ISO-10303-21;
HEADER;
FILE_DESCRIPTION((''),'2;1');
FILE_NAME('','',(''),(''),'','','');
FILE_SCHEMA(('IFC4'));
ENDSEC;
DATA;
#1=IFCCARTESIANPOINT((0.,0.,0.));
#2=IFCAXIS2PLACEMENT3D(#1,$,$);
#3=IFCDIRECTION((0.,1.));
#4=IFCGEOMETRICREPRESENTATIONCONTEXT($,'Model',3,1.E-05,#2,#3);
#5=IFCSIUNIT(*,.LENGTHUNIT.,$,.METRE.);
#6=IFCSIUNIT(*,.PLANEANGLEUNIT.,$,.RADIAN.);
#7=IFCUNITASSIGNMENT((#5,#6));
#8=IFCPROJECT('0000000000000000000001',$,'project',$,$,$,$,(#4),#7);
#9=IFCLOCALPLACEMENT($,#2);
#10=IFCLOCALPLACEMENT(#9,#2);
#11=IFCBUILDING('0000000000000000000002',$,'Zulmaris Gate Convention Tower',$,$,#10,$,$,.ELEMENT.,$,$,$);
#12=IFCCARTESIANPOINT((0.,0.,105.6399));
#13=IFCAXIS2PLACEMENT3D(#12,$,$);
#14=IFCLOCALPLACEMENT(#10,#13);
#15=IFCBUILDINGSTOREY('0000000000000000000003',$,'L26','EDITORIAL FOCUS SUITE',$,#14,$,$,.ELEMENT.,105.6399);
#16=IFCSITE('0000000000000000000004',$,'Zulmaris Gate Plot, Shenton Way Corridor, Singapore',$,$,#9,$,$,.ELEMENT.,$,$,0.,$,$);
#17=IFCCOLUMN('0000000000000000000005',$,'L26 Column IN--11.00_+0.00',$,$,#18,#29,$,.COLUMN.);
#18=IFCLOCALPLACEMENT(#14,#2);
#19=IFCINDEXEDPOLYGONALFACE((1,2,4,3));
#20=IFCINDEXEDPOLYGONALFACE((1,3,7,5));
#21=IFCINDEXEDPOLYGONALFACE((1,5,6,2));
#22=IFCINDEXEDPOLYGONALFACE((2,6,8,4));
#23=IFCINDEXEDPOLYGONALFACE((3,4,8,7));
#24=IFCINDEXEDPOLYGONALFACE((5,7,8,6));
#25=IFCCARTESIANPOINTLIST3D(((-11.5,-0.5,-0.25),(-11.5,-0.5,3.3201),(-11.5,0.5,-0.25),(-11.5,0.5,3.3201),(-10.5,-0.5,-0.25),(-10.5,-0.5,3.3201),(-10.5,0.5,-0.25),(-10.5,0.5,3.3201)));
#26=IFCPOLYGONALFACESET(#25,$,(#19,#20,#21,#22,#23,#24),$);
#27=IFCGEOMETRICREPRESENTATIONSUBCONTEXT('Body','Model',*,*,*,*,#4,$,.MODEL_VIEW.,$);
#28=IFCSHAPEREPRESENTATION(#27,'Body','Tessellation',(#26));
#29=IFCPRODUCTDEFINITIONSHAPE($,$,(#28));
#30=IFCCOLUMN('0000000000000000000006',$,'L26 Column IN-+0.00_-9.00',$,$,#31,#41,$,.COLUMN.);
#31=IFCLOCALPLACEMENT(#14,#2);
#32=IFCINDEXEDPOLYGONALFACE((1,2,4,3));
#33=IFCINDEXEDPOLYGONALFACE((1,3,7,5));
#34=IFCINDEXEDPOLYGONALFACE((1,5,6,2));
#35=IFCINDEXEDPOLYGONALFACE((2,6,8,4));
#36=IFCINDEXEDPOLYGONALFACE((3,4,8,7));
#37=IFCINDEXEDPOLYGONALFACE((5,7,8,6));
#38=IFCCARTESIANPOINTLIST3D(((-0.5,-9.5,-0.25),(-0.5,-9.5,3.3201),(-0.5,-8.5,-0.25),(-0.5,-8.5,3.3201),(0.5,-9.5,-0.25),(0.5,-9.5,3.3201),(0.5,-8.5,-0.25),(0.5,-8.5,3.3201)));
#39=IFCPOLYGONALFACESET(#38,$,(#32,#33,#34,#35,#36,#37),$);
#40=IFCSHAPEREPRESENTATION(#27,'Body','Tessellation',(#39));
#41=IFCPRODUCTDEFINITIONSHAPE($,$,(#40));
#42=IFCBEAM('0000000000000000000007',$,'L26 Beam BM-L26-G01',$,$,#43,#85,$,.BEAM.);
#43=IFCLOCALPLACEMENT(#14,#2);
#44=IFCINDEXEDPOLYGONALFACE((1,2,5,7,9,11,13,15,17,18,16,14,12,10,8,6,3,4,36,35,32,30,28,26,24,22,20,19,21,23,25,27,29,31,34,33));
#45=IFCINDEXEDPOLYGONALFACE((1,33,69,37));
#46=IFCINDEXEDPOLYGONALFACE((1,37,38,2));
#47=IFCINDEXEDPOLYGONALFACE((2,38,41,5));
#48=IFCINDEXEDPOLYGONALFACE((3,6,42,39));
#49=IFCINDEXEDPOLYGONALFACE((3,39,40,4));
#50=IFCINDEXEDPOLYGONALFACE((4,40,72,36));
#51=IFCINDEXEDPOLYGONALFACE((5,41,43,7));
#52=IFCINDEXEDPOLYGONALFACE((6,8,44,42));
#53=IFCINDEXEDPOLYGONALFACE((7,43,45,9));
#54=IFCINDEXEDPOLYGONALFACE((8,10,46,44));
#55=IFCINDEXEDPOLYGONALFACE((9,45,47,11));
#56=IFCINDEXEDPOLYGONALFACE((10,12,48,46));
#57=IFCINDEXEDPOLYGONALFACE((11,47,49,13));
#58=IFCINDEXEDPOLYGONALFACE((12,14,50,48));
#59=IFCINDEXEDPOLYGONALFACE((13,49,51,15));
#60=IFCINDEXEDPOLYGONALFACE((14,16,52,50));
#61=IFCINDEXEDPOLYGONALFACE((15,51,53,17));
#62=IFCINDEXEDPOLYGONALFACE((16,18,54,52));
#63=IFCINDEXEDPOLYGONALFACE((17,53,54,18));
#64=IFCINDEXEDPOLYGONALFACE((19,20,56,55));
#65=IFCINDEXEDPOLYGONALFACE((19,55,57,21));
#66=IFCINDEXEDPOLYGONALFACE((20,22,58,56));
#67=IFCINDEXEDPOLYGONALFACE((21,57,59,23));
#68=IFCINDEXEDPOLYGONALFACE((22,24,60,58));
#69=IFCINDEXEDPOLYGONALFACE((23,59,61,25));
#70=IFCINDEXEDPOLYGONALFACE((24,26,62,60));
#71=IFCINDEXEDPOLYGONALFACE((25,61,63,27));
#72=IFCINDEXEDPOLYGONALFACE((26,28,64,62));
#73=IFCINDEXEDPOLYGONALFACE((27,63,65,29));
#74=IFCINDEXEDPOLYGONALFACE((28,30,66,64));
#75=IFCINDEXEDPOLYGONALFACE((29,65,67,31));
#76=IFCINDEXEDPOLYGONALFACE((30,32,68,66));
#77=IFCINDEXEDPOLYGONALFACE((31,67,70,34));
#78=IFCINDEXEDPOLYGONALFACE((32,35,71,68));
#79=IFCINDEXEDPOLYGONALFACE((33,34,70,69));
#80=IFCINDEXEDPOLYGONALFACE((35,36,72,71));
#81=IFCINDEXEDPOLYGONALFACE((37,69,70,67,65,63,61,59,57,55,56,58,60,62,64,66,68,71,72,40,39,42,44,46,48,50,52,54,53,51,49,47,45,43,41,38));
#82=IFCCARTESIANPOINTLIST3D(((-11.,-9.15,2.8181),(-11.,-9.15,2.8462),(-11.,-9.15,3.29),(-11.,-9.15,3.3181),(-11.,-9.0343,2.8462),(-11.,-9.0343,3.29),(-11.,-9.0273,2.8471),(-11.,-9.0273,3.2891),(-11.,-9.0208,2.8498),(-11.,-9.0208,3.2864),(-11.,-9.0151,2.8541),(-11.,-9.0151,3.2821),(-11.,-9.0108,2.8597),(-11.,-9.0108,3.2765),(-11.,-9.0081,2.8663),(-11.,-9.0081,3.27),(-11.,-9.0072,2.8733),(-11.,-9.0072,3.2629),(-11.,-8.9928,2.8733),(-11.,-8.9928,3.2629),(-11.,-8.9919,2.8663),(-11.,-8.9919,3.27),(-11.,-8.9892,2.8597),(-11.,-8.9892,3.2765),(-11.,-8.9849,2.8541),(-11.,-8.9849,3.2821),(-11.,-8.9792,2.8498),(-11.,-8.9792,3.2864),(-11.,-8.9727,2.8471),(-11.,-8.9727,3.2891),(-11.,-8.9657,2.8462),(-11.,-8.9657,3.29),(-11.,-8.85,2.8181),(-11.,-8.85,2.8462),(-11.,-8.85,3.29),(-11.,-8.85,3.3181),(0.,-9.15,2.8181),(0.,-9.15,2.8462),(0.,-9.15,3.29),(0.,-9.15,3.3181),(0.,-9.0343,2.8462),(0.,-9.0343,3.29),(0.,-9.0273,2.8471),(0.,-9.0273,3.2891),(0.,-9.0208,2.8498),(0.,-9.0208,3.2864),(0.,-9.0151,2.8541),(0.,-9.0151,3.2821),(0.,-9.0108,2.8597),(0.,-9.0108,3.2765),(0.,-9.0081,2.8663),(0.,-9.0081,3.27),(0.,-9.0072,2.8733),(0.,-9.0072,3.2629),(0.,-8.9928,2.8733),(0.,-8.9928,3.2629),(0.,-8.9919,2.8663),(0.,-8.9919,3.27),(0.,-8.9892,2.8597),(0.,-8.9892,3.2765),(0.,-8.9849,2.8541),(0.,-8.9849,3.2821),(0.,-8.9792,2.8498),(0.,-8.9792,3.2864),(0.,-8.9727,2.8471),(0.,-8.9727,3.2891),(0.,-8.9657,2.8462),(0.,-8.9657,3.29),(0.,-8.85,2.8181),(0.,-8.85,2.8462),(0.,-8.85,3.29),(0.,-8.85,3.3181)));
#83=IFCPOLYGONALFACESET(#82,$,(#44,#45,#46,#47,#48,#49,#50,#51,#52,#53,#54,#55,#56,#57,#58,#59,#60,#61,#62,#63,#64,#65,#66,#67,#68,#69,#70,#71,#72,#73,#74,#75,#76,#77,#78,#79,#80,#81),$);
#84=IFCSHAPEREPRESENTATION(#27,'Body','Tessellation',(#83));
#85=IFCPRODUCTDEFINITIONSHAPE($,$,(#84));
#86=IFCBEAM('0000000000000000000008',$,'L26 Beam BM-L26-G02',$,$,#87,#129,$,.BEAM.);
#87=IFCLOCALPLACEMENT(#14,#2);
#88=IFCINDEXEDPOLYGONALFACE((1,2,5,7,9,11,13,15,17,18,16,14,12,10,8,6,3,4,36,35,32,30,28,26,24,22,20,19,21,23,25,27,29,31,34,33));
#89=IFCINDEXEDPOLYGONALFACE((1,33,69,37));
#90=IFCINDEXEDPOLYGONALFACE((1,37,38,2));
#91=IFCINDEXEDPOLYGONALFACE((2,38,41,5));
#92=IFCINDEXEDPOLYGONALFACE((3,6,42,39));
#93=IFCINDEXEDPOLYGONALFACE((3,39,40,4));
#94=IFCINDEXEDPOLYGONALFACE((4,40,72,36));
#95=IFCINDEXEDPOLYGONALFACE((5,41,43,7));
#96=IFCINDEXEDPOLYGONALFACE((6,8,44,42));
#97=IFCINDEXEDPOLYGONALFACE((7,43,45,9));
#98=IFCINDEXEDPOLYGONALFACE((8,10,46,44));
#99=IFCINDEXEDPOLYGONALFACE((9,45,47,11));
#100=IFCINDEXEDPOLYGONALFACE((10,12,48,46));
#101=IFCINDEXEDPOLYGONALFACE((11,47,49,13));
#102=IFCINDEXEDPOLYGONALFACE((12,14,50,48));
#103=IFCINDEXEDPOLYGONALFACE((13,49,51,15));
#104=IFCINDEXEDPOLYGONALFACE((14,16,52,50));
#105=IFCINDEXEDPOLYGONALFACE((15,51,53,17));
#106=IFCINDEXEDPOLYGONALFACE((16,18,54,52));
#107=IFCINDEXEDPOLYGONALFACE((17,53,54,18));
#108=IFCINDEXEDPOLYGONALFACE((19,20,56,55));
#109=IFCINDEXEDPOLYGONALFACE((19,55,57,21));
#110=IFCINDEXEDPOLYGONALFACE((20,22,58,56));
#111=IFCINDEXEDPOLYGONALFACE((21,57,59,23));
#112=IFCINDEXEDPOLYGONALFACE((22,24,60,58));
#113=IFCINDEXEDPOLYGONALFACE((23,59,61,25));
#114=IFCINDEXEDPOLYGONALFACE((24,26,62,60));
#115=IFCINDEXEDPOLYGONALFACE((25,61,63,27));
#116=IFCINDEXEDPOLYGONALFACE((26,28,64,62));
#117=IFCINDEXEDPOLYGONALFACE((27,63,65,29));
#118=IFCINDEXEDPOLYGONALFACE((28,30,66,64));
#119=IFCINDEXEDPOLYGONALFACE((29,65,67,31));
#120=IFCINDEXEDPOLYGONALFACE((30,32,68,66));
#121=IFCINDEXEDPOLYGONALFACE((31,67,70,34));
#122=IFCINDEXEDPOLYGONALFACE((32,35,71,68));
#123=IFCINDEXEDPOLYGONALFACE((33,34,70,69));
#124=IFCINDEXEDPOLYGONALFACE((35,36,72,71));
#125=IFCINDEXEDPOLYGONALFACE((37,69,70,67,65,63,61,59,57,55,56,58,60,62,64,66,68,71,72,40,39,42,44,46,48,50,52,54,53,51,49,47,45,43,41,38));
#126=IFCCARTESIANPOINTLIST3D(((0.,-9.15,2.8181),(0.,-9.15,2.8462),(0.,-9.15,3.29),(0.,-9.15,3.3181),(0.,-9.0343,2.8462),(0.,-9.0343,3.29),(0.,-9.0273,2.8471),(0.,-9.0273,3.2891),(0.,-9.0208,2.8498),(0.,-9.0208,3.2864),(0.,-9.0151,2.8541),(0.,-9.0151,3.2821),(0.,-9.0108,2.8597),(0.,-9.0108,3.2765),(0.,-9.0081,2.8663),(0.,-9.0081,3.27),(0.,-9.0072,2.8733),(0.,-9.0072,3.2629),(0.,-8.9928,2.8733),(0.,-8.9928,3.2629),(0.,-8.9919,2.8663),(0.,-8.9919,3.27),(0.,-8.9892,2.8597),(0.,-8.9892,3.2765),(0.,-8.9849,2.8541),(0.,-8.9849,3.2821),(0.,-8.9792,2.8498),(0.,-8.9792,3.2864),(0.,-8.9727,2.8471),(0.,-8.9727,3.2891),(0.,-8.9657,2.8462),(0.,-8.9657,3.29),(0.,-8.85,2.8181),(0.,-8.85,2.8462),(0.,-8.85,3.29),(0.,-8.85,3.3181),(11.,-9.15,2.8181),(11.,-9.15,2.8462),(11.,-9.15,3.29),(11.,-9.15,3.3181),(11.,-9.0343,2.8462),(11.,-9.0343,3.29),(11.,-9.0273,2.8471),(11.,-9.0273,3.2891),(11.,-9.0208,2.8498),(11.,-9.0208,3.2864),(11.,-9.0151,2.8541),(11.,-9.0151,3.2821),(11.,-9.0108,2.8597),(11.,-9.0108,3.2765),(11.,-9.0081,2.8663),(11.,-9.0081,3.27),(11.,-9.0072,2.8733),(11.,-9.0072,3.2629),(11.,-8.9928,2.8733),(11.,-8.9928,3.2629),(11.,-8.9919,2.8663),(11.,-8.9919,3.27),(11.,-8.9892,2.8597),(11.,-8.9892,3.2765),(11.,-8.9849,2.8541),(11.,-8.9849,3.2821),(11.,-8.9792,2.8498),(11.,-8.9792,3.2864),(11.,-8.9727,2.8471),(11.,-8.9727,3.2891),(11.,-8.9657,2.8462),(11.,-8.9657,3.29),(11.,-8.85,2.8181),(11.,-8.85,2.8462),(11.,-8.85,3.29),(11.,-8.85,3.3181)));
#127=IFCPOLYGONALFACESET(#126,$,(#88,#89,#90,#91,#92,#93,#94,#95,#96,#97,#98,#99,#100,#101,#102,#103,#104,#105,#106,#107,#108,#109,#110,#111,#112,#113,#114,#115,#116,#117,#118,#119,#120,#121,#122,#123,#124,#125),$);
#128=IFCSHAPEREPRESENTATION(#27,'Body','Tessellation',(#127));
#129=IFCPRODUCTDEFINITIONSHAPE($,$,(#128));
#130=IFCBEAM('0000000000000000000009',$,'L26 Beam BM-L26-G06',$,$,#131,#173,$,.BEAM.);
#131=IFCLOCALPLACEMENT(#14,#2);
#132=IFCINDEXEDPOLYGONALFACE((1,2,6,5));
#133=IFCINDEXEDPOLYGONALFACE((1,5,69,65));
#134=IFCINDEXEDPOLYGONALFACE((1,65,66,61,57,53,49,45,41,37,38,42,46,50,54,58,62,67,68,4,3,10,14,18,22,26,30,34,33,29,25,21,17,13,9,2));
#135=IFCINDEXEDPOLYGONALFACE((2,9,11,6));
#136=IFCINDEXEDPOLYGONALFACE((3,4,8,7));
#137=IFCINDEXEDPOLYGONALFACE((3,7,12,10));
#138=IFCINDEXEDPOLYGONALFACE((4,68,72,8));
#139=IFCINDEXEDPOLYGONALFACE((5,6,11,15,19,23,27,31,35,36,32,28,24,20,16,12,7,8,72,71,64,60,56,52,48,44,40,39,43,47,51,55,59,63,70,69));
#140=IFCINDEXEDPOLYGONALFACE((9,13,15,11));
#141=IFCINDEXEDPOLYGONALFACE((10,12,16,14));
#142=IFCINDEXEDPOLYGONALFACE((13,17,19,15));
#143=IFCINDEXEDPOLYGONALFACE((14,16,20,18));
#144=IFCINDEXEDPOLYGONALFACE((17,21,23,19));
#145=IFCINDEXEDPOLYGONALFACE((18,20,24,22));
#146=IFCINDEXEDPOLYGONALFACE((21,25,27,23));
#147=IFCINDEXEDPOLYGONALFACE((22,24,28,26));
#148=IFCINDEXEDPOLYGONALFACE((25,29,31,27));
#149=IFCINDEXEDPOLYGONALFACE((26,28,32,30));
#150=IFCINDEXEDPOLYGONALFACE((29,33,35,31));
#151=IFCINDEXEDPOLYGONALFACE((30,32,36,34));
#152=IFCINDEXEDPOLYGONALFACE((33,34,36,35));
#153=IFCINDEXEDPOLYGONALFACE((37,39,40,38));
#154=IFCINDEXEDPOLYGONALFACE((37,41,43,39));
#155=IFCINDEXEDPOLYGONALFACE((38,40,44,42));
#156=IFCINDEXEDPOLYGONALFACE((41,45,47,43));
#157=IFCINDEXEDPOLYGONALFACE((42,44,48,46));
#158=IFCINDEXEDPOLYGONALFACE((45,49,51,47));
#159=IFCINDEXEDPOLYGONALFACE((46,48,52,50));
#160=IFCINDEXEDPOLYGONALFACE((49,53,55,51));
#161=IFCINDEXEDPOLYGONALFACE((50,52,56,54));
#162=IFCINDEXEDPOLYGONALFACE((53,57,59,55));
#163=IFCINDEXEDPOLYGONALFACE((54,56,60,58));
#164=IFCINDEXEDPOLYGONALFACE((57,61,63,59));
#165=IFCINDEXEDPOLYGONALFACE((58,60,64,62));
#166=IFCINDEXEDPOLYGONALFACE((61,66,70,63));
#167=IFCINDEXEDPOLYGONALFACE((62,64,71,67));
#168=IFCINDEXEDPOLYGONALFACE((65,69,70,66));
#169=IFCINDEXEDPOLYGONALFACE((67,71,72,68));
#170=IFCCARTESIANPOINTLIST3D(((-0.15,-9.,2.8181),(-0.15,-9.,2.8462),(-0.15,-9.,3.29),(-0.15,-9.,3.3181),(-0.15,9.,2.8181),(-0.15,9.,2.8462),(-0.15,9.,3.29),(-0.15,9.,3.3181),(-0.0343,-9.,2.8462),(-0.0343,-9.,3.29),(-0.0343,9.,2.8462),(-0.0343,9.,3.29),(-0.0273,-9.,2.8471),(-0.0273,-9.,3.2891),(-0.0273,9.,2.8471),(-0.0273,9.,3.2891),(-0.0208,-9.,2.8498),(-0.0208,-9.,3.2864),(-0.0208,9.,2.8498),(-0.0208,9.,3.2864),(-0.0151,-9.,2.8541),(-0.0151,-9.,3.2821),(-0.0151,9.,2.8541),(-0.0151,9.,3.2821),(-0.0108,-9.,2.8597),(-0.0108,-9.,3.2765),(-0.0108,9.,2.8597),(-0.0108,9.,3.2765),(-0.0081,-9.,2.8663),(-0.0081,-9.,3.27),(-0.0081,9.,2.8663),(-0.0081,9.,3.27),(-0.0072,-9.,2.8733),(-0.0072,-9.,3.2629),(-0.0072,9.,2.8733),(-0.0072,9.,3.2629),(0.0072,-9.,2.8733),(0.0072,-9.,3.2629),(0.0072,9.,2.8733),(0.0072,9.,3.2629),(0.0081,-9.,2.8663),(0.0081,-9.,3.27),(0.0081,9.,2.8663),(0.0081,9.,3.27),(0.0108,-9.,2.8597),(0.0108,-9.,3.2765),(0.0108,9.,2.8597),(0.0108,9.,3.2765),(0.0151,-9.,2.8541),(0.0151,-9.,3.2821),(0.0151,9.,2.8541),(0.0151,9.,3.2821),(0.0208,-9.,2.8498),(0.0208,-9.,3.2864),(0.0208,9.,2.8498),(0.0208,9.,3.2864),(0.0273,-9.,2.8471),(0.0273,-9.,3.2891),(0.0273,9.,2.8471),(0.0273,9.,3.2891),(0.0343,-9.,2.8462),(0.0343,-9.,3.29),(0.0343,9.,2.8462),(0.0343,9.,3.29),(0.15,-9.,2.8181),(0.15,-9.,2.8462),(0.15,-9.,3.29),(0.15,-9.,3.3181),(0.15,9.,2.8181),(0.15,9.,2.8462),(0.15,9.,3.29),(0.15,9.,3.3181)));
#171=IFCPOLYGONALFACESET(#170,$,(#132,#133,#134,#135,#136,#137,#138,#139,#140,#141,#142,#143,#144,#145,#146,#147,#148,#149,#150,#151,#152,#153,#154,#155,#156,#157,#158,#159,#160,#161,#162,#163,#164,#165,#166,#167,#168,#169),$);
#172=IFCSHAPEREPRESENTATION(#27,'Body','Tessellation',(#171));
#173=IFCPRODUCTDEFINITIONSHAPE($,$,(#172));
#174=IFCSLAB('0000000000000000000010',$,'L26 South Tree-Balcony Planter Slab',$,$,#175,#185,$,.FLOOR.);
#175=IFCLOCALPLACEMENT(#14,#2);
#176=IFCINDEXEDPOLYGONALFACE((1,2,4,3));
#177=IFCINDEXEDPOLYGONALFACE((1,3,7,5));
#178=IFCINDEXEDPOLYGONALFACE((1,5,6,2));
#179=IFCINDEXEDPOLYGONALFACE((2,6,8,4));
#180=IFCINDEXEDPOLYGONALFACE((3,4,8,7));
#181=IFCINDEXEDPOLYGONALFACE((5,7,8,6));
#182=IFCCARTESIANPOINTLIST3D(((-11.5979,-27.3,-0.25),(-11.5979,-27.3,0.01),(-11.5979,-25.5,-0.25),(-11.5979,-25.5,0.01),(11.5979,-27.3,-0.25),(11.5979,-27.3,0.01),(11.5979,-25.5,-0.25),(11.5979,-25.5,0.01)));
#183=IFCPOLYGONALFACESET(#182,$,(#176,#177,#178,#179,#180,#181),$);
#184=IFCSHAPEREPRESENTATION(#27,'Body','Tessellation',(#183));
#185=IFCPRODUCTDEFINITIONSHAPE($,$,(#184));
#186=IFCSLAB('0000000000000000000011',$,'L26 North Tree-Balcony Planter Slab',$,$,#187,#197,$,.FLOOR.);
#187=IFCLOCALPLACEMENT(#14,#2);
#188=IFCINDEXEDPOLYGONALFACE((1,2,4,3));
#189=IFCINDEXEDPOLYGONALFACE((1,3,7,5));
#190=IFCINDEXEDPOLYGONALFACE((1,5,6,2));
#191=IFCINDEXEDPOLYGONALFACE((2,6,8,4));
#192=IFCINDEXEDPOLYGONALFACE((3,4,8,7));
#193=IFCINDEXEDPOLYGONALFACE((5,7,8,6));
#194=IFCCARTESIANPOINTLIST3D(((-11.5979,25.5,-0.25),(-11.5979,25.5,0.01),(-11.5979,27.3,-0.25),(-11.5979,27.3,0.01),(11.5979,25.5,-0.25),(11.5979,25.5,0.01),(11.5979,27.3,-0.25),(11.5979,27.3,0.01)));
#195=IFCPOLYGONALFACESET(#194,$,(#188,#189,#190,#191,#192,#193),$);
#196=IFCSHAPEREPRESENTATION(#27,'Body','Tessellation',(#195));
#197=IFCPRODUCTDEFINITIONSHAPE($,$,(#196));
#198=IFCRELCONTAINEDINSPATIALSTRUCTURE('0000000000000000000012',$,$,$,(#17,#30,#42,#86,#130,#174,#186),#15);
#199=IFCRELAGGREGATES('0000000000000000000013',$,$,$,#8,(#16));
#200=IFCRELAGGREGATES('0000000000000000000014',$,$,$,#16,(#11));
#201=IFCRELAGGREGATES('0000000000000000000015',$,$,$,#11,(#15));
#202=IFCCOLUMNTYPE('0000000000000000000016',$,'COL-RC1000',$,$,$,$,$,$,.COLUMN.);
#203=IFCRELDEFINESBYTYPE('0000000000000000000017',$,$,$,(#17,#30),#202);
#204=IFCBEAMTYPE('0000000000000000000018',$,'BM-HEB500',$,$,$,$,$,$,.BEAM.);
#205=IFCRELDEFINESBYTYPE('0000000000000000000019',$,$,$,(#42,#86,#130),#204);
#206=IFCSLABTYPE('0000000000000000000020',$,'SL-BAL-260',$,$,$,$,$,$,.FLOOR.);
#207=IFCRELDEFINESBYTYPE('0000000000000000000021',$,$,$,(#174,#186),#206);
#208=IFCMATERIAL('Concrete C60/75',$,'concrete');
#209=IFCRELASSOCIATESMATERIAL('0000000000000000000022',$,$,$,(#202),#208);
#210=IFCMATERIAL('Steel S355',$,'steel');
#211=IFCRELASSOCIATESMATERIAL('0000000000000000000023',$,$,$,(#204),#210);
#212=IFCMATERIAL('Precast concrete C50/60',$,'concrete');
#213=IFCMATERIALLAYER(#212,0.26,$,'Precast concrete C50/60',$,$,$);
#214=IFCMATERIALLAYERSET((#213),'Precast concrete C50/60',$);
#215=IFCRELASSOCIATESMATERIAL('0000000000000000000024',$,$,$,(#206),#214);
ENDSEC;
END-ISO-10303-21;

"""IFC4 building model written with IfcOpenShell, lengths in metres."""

from ifc_helpers import new_model, si_unit, direction, frame, origin, origin_2d, place, context, subcontext, project, spatial, polyline, rectangle, i_section, outline, extrude, material, layer, layer_set, material_profile, profile_set, type_object, element, save


model = new_model("IFC4")

# Units and contexts
model_context = context("Model", 3, precision=1e-05, world=origin(), true_north=direction((0.0, 1.0)))
body_context = subcontext(model_context, "Body", "Model", "MODEL_VIEW")
ifc_project = project(units=[si_unit("LENGTHUNIT", "METRE"), si_unit("PLANEANGLEUNIT", "RADIAN")], contexts=[model_context])

# Site, building, storey
site_placement = place(None, origin())
site = spatial("IfcSite", under=ifc_project, at=site_placement, Name="Zulmaris Gate Plot, Shenton Way Corridor, Singapore", CompositionType="ELEMENT", RefElevation=0.0)
building_placement = place(site_placement, origin())
building = spatial("IfcBuilding", under=site, at=building_placement, Name="Zulmaris Gate Convention Tower", CompositionType="ELEMENT")
storey_placement = place(building_placement, frame((0.0, 0.0, 105.6399)))
storey = spatial("IfcBuildingStorey", under=building, at=storey_placement, Name="L26", Description="EDITORIAL FOCUS SUITE", CompositionType="ELEMENT", Elevation=105.6399)

# Columns
ifc_material_1 = material(Name="Concrete C60/75", Category="concrete")
ifc_material_profile_1 = material_profile(ifc_material_1, rectangle(XDim=1.0, YDim=1.0, at=origin_2d()), Name="RC COL 1000x1000")
ifc_profile_set_1 = profile_set([ifc_material_profile_1], Name="Concrete C60/75")
column_type = type_object("IfcColumnType", Name="COL-RC1000", PredefinedType="COLUMN", material=ifc_profile_set_1)
for number, where, z_axis, x_axis, name in (
    (1, (-11.0, 0.0, -0.25), (0.0, 0.0, 1.0), (1.0, 0.0, 0.0), "L26 Column IN--11.00_+0.00"),
    (2, (0.0, -9.0, -0.25), (0.0, 0.0, 1.0), (1.0, 0.0, 0.0), "L26 Column IN-+0.00_-9.00"),
):
    element("IfcColumn", number, at=place(storey_placement, frame(where, z_axis=z_axis, x_axis=x_axis)), inside=storey, type_object=column_type, Name=name, PredefinedType="COLUMN", context=body_context, shape_type="SweptSolid", body=[
        extrude(rectangle(XDim=1.0, YDim=1.0, at=origin_2d()), origin(), (0.0, 0.0, 1.0), 3.5701),
    ])

# Beams
ifc_material_2 = material(Name="Steel S355", Category="steel")
ifc_material_profile_2 = material_profile(ifc_material_2, i_section(OverallWidth=0.3, OverallDepth=0.5, WebThickness=0.0144, FlangeThickness=0.0281, FilletRadius=0.0271, at=origin_2d()), Name="HEB 500")
ifc_profile_set_2 = profile_set([ifc_material_profile_2], Name="Steel S355")
beam_type = type_object("IfcBeamType", Name="BM-HEB500", PredefinedType="BEAM", material=ifc_profile_set_2)
for number, where, z_axis, x_axis, name in (
    (3, (-11.0, -9.0, 3.0681), (1.0, 0.0, 0.0), (0.0, 1.0, 0.0), "L26 Beam BM-L26-G01"),
    (4, (0.0, -9.0, 3.0681), (1.0, 0.0, 0.0), (0.0, 1.0, 0.0), "L26 Beam BM-L26-G02"),
):
    element("IfcBeam", number, at=place(storey_placement, frame(where, z_axis=z_axis, x_axis=x_axis)), inside=storey, type_object=beam_type, Name=name, PredefinedType="BEAM", context=body_context, shape_type="SweptSolid", body=[
        extrude(i_section(OverallWidth=0.3, OverallDepth=0.5, WebThickness=0.0144, FlangeThickness=0.0281, FilletRadius=0.0271, at=origin_2d()), origin(), (0.0, 0.0, 1.0), 11.0),
    ])
beam_placement = place(storey_placement, frame((0.0, -9.0, 3.0681), z_axis=(0.0, 1.0, 0.0), x_axis=(-1.0, 0.0, 0.0)))
element("IfcBeam", 5, at=beam_placement, inside=storey, type_object=beam_type, Name="L26 Beam BM-L26-G06", PredefinedType="BEAM", context=body_context, shape_type="SweptSolid", body=[
    extrude(i_section(OverallWidth=0.3, OverallDepth=0.5, WebThickness=0.0144, FlangeThickness=0.0281, FilletRadius=0.0271, at=origin_2d()), origin(), (0.0, 0.0, 1.0), 18.0),
])

# Slabs
ifc_material_3 = material(Name="Precast concrete C50/60", Category="concrete")
ifc_layer_1 = layer(ifc_material_3, 0.26, Name="Precast concrete C50/60")
ifc_layer_set_1 = layer_set([ifc_layer_1], Name="Precast concrete C50/60")
slab_type_1 = type_object("IfcSlabType", Name="SL-BAL-260", PredefinedType="FLOOR", material=ifc_layer_set_1)
slab_1_placement = place(storey_placement, frame((0.0, 0.0, -0.25)))
element("IfcSlab", 6, at=slab_1_placement, inside=storey, type_object=slab_type_1, Name="L26 South Tree-Balcony Planter Slab", PredefinedType="FLOOR", context=body_context, shape_type="SweptSolid", body=[
    extrude(outline(polyline([(-11.5979, -27.3), (-11.5979, -25.5), (11.5979, -25.5), (11.5979, -27.3), (-11.5979, -27.3)])), origin(), (0.0, 0.0, 1.0), 0.26),
])
slab_2_placement = place(storey_placement, frame((0.0, 0.0, -0.25)))
element("IfcSlab", 7, at=slab_2_placement, inside=storey, type_object=slab_type_1, Name="L26 North Tree-Balcony Planter Slab", PredefinedType="FLOOR", context=body_context, shape_type="SweptSolid", body=[
    extrude(outline(polyline([(11.5979, 27.3), (11.5979, 25.5), (-11.5979, 25.5), (-11.5979, 27.3), (11.5979, 27.3)])), origin(), (0.0, 0.0, 1.0), 0.26),
])

save(model, "model.ifc")
